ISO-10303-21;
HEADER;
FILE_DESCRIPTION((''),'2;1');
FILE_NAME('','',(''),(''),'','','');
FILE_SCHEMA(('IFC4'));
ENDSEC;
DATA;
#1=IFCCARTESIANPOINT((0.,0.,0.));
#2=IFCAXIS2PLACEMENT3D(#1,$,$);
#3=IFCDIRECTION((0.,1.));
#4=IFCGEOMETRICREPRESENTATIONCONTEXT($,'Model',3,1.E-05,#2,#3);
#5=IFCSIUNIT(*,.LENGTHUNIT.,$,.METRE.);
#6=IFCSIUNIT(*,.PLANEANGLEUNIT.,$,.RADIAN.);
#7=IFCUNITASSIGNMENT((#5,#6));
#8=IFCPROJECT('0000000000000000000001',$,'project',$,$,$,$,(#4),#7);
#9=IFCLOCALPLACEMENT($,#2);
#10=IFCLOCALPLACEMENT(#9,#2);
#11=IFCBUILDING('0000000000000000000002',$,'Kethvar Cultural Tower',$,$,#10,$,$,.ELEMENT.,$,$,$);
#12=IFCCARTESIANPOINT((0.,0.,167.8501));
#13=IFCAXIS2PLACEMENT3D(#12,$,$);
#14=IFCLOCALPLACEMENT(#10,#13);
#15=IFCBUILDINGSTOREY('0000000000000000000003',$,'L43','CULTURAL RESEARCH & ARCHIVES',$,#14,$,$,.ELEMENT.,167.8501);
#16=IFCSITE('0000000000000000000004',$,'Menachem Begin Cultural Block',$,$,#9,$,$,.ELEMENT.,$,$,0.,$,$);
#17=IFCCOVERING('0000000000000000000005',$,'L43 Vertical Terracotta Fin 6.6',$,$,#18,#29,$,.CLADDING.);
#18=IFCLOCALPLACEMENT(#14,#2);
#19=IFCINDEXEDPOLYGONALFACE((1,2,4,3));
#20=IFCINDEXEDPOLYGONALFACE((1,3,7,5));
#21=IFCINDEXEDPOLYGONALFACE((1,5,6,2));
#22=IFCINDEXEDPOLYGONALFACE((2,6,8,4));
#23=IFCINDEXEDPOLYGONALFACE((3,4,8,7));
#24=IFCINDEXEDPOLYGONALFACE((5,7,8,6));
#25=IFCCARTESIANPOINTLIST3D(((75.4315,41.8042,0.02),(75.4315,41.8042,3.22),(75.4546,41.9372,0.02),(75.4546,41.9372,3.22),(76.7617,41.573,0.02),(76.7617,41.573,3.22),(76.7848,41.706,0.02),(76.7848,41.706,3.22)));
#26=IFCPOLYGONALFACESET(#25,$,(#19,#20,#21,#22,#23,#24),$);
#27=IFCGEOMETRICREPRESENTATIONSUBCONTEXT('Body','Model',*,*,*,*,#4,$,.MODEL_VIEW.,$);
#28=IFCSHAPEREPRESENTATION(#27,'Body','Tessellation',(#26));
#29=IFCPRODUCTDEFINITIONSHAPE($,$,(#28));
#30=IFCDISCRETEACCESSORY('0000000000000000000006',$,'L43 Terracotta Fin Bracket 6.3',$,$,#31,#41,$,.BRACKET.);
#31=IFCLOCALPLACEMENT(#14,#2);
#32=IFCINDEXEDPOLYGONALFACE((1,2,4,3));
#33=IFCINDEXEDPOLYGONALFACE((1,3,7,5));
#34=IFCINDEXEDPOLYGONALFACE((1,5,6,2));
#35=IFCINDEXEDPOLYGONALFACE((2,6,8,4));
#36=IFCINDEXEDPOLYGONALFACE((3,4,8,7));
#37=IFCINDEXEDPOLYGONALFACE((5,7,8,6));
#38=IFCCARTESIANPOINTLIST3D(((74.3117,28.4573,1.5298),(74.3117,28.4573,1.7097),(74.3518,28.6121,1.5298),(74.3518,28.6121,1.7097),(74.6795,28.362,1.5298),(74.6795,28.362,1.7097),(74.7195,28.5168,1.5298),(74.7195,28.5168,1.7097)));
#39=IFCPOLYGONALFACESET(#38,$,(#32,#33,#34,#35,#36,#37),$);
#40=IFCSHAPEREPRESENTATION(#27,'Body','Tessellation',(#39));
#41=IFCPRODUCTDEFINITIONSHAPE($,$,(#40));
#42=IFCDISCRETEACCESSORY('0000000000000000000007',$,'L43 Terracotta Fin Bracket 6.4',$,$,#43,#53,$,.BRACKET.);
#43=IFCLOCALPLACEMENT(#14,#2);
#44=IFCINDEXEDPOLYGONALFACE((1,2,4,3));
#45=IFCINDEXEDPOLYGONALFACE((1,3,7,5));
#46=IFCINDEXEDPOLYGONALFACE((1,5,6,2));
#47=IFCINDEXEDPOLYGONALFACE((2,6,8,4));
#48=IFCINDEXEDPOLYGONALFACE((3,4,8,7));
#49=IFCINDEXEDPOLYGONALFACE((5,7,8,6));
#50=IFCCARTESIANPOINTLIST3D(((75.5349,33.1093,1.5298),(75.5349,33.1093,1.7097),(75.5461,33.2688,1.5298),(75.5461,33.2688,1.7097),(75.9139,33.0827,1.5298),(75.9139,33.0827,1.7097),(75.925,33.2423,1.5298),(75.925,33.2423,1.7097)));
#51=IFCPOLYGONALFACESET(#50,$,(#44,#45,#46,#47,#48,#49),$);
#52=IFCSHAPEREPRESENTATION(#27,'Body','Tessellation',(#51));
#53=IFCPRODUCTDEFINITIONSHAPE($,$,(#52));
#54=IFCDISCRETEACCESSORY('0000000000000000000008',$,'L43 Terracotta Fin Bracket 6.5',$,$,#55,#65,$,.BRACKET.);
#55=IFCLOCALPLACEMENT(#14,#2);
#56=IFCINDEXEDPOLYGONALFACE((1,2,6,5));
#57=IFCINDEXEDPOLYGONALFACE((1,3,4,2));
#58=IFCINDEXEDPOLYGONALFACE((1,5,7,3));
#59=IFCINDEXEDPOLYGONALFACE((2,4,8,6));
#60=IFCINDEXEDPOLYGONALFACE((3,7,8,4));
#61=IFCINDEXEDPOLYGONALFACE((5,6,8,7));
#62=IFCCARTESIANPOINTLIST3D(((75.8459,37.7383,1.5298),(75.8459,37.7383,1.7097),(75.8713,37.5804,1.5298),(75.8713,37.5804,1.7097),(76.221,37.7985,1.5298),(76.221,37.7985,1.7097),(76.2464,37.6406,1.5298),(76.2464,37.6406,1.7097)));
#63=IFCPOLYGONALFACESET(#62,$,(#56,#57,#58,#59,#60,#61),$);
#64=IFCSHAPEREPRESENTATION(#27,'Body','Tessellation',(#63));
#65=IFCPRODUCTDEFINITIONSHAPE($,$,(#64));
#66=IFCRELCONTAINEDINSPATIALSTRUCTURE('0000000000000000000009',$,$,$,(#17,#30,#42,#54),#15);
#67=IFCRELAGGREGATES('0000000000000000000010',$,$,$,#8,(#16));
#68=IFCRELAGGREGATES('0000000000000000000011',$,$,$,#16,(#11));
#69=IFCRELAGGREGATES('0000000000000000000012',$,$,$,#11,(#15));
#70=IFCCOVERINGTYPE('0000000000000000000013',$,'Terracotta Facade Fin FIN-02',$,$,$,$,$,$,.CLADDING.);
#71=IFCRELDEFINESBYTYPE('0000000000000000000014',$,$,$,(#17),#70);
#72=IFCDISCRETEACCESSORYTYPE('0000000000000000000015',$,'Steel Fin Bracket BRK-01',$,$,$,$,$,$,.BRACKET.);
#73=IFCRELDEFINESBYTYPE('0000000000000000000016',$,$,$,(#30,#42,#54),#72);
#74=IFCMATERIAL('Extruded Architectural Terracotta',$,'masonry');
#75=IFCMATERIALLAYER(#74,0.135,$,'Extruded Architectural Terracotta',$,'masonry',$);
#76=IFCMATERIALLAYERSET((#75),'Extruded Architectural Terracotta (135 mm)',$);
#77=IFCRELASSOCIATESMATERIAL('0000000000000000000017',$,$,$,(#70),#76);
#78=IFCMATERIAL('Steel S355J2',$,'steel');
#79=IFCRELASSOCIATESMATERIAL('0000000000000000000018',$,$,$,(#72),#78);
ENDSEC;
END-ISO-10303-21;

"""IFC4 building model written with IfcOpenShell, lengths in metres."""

from ifc_helpers import new_model, si_unit, direction, frame, origin, origin_2d, place, context, subcontext, project, spatial, rectangle, extrude, source, transform, mapped, material, layer, layer_set, type_object, element, save


model = new_model("IFC4")

# Units and contexts
model_context = context("Model", 3, precision=1e-05, world=origin(), true_north=direction((0.0, 1.0)))
body_context = subcontext(model_context, "Body", "Model", "MODEL_VIEW")
ifc_project = project(units=[si_unit("LENGTHUNIT", "METRE"), si_unit("PLANEANGLEUNIT", "RADIAN")], contexts=[model_context])

# Site, building, storey
site_placement = place(None, origin())
site = spatial("IfcSite", under=ifc_project, at=site_placement, Name="Menachem Begin Cultural Block", CompositionType="ELEMENT", RefElevation=0.0)
building_placement = place(site_placement, origin())
building = spatial("IfcBuilding", under=site, at=building_placement, Name="Kethvar Cultural Tower", CompositionType="ELEMENT")
storey_placement = place(building_placement, frame((0.0, 0.0, 167.8501)))
storey = spatial("IfcBuildingStorey", under=building, at=storey_placement, Name="L43", Description="CULTURAL RESEARCH & ARCHIVES", CompositionType="ELEMENT", Elevation=167.8501)

# Shared definitions
ifc_material_1 = material(Name="Steel S355J2", Category="steel")

# Covering
ifc_material_2 = material(Name="Extruded Architectural Terracotta", Category="masonry")
ifc_layer_1 = layer(ifc_material_2, 0.135, Name="Extruded Architectural Terracotta", Category="masonry")
ifc_layer_set_1 = layer_set([ifc_layer_1], Name="Extruded Architectural Terracotta (135 mm)")
covering_type = type_object("IfcCoveringType", Name="Terracotta Facade Fin FIN-02", PredefinedType="CLADDING", material=ifc_layer_set_1)
shared_shape_1 = source(origin(), body_context, "Body", "SweptSolid", [
    extrude(rectangle(XDim=1.3501, YDim=0.135, at=origin_2d()), origin(), (0.0, 0.0, 1.0), 3.2),
])
for number, where, z_axis, x_axis, name in (
    (1, (76.1082, 41.7551, 0.02), (0.0, 0.0, 1.0), (0.985229, -0.171241, 0.0), "L43 Vertical Terracotta Fin 6.6"),
):
    element("IfcCovering", number, at=place(storey_placement, frame(where, z_axis=z_axis, x_axis=x_axis)), inside=storey, type_object=covering_type, Name=name, PredefinedType="CLADDING", context=body_context, shape_type="MappedRepresentation", body=[
        mapped(shared_shape_1, transform((0.0, 0.0, 0.0), scale=1.0)),
    ])

# Discrete accessories
discrete_accessory_type = type_object("IfcDiscreteAccessoryType", Name="Steel Fin Bracket BRK-01", PredefinedType="BRACKET", material=ifc_material_1)
shared_shape_2 = source(origin(), body_context, "Body", "SweptSolid", [
    extrude(rectangle(XDim=0.3799, YDim=0.1599, at=origin_2d()), origin(), (0.0, 0.0, 1.0), 0.1799),
])
for number, where, z_axis, x_axis, name in (
    (2, (74.5156, 28.4871, 1.5298), (0.0, 0.0, 1.0), (0.96806, -0.250718, 0.0), "L43 Terracotta Fin Bracket 6.3"),
    (3, (75.73, 33.1758, 1.5298), (0.0, 0.0, 1.0), (0.997552, -0.069931, 0.0), "L43 Terracotta Fin Bracket 6.4"),
    (4, (76.0461, 37.6895, 1.5298), (0.0, 0.0, 1.0), (0.987359, 0.158503, 0.0), "L43 Terracotta Fin Bracket 6.5"),
):
    element("IfcDiscreteAccessory", number, at=place(storey_placement, frame(where, z_axis=z_axis, x_axis=x_axis)), inside=storey, type_object=discrete_accessory_type, Name=name, PredefinedType="BRACKET", context=body_context, shape_type="MappedRepresentation", body=[
        mapped(shared_shape_2, transform((0.0, 0.0, 0.0), scale=1.0)),
    ])

save(model, "model.ifc")
